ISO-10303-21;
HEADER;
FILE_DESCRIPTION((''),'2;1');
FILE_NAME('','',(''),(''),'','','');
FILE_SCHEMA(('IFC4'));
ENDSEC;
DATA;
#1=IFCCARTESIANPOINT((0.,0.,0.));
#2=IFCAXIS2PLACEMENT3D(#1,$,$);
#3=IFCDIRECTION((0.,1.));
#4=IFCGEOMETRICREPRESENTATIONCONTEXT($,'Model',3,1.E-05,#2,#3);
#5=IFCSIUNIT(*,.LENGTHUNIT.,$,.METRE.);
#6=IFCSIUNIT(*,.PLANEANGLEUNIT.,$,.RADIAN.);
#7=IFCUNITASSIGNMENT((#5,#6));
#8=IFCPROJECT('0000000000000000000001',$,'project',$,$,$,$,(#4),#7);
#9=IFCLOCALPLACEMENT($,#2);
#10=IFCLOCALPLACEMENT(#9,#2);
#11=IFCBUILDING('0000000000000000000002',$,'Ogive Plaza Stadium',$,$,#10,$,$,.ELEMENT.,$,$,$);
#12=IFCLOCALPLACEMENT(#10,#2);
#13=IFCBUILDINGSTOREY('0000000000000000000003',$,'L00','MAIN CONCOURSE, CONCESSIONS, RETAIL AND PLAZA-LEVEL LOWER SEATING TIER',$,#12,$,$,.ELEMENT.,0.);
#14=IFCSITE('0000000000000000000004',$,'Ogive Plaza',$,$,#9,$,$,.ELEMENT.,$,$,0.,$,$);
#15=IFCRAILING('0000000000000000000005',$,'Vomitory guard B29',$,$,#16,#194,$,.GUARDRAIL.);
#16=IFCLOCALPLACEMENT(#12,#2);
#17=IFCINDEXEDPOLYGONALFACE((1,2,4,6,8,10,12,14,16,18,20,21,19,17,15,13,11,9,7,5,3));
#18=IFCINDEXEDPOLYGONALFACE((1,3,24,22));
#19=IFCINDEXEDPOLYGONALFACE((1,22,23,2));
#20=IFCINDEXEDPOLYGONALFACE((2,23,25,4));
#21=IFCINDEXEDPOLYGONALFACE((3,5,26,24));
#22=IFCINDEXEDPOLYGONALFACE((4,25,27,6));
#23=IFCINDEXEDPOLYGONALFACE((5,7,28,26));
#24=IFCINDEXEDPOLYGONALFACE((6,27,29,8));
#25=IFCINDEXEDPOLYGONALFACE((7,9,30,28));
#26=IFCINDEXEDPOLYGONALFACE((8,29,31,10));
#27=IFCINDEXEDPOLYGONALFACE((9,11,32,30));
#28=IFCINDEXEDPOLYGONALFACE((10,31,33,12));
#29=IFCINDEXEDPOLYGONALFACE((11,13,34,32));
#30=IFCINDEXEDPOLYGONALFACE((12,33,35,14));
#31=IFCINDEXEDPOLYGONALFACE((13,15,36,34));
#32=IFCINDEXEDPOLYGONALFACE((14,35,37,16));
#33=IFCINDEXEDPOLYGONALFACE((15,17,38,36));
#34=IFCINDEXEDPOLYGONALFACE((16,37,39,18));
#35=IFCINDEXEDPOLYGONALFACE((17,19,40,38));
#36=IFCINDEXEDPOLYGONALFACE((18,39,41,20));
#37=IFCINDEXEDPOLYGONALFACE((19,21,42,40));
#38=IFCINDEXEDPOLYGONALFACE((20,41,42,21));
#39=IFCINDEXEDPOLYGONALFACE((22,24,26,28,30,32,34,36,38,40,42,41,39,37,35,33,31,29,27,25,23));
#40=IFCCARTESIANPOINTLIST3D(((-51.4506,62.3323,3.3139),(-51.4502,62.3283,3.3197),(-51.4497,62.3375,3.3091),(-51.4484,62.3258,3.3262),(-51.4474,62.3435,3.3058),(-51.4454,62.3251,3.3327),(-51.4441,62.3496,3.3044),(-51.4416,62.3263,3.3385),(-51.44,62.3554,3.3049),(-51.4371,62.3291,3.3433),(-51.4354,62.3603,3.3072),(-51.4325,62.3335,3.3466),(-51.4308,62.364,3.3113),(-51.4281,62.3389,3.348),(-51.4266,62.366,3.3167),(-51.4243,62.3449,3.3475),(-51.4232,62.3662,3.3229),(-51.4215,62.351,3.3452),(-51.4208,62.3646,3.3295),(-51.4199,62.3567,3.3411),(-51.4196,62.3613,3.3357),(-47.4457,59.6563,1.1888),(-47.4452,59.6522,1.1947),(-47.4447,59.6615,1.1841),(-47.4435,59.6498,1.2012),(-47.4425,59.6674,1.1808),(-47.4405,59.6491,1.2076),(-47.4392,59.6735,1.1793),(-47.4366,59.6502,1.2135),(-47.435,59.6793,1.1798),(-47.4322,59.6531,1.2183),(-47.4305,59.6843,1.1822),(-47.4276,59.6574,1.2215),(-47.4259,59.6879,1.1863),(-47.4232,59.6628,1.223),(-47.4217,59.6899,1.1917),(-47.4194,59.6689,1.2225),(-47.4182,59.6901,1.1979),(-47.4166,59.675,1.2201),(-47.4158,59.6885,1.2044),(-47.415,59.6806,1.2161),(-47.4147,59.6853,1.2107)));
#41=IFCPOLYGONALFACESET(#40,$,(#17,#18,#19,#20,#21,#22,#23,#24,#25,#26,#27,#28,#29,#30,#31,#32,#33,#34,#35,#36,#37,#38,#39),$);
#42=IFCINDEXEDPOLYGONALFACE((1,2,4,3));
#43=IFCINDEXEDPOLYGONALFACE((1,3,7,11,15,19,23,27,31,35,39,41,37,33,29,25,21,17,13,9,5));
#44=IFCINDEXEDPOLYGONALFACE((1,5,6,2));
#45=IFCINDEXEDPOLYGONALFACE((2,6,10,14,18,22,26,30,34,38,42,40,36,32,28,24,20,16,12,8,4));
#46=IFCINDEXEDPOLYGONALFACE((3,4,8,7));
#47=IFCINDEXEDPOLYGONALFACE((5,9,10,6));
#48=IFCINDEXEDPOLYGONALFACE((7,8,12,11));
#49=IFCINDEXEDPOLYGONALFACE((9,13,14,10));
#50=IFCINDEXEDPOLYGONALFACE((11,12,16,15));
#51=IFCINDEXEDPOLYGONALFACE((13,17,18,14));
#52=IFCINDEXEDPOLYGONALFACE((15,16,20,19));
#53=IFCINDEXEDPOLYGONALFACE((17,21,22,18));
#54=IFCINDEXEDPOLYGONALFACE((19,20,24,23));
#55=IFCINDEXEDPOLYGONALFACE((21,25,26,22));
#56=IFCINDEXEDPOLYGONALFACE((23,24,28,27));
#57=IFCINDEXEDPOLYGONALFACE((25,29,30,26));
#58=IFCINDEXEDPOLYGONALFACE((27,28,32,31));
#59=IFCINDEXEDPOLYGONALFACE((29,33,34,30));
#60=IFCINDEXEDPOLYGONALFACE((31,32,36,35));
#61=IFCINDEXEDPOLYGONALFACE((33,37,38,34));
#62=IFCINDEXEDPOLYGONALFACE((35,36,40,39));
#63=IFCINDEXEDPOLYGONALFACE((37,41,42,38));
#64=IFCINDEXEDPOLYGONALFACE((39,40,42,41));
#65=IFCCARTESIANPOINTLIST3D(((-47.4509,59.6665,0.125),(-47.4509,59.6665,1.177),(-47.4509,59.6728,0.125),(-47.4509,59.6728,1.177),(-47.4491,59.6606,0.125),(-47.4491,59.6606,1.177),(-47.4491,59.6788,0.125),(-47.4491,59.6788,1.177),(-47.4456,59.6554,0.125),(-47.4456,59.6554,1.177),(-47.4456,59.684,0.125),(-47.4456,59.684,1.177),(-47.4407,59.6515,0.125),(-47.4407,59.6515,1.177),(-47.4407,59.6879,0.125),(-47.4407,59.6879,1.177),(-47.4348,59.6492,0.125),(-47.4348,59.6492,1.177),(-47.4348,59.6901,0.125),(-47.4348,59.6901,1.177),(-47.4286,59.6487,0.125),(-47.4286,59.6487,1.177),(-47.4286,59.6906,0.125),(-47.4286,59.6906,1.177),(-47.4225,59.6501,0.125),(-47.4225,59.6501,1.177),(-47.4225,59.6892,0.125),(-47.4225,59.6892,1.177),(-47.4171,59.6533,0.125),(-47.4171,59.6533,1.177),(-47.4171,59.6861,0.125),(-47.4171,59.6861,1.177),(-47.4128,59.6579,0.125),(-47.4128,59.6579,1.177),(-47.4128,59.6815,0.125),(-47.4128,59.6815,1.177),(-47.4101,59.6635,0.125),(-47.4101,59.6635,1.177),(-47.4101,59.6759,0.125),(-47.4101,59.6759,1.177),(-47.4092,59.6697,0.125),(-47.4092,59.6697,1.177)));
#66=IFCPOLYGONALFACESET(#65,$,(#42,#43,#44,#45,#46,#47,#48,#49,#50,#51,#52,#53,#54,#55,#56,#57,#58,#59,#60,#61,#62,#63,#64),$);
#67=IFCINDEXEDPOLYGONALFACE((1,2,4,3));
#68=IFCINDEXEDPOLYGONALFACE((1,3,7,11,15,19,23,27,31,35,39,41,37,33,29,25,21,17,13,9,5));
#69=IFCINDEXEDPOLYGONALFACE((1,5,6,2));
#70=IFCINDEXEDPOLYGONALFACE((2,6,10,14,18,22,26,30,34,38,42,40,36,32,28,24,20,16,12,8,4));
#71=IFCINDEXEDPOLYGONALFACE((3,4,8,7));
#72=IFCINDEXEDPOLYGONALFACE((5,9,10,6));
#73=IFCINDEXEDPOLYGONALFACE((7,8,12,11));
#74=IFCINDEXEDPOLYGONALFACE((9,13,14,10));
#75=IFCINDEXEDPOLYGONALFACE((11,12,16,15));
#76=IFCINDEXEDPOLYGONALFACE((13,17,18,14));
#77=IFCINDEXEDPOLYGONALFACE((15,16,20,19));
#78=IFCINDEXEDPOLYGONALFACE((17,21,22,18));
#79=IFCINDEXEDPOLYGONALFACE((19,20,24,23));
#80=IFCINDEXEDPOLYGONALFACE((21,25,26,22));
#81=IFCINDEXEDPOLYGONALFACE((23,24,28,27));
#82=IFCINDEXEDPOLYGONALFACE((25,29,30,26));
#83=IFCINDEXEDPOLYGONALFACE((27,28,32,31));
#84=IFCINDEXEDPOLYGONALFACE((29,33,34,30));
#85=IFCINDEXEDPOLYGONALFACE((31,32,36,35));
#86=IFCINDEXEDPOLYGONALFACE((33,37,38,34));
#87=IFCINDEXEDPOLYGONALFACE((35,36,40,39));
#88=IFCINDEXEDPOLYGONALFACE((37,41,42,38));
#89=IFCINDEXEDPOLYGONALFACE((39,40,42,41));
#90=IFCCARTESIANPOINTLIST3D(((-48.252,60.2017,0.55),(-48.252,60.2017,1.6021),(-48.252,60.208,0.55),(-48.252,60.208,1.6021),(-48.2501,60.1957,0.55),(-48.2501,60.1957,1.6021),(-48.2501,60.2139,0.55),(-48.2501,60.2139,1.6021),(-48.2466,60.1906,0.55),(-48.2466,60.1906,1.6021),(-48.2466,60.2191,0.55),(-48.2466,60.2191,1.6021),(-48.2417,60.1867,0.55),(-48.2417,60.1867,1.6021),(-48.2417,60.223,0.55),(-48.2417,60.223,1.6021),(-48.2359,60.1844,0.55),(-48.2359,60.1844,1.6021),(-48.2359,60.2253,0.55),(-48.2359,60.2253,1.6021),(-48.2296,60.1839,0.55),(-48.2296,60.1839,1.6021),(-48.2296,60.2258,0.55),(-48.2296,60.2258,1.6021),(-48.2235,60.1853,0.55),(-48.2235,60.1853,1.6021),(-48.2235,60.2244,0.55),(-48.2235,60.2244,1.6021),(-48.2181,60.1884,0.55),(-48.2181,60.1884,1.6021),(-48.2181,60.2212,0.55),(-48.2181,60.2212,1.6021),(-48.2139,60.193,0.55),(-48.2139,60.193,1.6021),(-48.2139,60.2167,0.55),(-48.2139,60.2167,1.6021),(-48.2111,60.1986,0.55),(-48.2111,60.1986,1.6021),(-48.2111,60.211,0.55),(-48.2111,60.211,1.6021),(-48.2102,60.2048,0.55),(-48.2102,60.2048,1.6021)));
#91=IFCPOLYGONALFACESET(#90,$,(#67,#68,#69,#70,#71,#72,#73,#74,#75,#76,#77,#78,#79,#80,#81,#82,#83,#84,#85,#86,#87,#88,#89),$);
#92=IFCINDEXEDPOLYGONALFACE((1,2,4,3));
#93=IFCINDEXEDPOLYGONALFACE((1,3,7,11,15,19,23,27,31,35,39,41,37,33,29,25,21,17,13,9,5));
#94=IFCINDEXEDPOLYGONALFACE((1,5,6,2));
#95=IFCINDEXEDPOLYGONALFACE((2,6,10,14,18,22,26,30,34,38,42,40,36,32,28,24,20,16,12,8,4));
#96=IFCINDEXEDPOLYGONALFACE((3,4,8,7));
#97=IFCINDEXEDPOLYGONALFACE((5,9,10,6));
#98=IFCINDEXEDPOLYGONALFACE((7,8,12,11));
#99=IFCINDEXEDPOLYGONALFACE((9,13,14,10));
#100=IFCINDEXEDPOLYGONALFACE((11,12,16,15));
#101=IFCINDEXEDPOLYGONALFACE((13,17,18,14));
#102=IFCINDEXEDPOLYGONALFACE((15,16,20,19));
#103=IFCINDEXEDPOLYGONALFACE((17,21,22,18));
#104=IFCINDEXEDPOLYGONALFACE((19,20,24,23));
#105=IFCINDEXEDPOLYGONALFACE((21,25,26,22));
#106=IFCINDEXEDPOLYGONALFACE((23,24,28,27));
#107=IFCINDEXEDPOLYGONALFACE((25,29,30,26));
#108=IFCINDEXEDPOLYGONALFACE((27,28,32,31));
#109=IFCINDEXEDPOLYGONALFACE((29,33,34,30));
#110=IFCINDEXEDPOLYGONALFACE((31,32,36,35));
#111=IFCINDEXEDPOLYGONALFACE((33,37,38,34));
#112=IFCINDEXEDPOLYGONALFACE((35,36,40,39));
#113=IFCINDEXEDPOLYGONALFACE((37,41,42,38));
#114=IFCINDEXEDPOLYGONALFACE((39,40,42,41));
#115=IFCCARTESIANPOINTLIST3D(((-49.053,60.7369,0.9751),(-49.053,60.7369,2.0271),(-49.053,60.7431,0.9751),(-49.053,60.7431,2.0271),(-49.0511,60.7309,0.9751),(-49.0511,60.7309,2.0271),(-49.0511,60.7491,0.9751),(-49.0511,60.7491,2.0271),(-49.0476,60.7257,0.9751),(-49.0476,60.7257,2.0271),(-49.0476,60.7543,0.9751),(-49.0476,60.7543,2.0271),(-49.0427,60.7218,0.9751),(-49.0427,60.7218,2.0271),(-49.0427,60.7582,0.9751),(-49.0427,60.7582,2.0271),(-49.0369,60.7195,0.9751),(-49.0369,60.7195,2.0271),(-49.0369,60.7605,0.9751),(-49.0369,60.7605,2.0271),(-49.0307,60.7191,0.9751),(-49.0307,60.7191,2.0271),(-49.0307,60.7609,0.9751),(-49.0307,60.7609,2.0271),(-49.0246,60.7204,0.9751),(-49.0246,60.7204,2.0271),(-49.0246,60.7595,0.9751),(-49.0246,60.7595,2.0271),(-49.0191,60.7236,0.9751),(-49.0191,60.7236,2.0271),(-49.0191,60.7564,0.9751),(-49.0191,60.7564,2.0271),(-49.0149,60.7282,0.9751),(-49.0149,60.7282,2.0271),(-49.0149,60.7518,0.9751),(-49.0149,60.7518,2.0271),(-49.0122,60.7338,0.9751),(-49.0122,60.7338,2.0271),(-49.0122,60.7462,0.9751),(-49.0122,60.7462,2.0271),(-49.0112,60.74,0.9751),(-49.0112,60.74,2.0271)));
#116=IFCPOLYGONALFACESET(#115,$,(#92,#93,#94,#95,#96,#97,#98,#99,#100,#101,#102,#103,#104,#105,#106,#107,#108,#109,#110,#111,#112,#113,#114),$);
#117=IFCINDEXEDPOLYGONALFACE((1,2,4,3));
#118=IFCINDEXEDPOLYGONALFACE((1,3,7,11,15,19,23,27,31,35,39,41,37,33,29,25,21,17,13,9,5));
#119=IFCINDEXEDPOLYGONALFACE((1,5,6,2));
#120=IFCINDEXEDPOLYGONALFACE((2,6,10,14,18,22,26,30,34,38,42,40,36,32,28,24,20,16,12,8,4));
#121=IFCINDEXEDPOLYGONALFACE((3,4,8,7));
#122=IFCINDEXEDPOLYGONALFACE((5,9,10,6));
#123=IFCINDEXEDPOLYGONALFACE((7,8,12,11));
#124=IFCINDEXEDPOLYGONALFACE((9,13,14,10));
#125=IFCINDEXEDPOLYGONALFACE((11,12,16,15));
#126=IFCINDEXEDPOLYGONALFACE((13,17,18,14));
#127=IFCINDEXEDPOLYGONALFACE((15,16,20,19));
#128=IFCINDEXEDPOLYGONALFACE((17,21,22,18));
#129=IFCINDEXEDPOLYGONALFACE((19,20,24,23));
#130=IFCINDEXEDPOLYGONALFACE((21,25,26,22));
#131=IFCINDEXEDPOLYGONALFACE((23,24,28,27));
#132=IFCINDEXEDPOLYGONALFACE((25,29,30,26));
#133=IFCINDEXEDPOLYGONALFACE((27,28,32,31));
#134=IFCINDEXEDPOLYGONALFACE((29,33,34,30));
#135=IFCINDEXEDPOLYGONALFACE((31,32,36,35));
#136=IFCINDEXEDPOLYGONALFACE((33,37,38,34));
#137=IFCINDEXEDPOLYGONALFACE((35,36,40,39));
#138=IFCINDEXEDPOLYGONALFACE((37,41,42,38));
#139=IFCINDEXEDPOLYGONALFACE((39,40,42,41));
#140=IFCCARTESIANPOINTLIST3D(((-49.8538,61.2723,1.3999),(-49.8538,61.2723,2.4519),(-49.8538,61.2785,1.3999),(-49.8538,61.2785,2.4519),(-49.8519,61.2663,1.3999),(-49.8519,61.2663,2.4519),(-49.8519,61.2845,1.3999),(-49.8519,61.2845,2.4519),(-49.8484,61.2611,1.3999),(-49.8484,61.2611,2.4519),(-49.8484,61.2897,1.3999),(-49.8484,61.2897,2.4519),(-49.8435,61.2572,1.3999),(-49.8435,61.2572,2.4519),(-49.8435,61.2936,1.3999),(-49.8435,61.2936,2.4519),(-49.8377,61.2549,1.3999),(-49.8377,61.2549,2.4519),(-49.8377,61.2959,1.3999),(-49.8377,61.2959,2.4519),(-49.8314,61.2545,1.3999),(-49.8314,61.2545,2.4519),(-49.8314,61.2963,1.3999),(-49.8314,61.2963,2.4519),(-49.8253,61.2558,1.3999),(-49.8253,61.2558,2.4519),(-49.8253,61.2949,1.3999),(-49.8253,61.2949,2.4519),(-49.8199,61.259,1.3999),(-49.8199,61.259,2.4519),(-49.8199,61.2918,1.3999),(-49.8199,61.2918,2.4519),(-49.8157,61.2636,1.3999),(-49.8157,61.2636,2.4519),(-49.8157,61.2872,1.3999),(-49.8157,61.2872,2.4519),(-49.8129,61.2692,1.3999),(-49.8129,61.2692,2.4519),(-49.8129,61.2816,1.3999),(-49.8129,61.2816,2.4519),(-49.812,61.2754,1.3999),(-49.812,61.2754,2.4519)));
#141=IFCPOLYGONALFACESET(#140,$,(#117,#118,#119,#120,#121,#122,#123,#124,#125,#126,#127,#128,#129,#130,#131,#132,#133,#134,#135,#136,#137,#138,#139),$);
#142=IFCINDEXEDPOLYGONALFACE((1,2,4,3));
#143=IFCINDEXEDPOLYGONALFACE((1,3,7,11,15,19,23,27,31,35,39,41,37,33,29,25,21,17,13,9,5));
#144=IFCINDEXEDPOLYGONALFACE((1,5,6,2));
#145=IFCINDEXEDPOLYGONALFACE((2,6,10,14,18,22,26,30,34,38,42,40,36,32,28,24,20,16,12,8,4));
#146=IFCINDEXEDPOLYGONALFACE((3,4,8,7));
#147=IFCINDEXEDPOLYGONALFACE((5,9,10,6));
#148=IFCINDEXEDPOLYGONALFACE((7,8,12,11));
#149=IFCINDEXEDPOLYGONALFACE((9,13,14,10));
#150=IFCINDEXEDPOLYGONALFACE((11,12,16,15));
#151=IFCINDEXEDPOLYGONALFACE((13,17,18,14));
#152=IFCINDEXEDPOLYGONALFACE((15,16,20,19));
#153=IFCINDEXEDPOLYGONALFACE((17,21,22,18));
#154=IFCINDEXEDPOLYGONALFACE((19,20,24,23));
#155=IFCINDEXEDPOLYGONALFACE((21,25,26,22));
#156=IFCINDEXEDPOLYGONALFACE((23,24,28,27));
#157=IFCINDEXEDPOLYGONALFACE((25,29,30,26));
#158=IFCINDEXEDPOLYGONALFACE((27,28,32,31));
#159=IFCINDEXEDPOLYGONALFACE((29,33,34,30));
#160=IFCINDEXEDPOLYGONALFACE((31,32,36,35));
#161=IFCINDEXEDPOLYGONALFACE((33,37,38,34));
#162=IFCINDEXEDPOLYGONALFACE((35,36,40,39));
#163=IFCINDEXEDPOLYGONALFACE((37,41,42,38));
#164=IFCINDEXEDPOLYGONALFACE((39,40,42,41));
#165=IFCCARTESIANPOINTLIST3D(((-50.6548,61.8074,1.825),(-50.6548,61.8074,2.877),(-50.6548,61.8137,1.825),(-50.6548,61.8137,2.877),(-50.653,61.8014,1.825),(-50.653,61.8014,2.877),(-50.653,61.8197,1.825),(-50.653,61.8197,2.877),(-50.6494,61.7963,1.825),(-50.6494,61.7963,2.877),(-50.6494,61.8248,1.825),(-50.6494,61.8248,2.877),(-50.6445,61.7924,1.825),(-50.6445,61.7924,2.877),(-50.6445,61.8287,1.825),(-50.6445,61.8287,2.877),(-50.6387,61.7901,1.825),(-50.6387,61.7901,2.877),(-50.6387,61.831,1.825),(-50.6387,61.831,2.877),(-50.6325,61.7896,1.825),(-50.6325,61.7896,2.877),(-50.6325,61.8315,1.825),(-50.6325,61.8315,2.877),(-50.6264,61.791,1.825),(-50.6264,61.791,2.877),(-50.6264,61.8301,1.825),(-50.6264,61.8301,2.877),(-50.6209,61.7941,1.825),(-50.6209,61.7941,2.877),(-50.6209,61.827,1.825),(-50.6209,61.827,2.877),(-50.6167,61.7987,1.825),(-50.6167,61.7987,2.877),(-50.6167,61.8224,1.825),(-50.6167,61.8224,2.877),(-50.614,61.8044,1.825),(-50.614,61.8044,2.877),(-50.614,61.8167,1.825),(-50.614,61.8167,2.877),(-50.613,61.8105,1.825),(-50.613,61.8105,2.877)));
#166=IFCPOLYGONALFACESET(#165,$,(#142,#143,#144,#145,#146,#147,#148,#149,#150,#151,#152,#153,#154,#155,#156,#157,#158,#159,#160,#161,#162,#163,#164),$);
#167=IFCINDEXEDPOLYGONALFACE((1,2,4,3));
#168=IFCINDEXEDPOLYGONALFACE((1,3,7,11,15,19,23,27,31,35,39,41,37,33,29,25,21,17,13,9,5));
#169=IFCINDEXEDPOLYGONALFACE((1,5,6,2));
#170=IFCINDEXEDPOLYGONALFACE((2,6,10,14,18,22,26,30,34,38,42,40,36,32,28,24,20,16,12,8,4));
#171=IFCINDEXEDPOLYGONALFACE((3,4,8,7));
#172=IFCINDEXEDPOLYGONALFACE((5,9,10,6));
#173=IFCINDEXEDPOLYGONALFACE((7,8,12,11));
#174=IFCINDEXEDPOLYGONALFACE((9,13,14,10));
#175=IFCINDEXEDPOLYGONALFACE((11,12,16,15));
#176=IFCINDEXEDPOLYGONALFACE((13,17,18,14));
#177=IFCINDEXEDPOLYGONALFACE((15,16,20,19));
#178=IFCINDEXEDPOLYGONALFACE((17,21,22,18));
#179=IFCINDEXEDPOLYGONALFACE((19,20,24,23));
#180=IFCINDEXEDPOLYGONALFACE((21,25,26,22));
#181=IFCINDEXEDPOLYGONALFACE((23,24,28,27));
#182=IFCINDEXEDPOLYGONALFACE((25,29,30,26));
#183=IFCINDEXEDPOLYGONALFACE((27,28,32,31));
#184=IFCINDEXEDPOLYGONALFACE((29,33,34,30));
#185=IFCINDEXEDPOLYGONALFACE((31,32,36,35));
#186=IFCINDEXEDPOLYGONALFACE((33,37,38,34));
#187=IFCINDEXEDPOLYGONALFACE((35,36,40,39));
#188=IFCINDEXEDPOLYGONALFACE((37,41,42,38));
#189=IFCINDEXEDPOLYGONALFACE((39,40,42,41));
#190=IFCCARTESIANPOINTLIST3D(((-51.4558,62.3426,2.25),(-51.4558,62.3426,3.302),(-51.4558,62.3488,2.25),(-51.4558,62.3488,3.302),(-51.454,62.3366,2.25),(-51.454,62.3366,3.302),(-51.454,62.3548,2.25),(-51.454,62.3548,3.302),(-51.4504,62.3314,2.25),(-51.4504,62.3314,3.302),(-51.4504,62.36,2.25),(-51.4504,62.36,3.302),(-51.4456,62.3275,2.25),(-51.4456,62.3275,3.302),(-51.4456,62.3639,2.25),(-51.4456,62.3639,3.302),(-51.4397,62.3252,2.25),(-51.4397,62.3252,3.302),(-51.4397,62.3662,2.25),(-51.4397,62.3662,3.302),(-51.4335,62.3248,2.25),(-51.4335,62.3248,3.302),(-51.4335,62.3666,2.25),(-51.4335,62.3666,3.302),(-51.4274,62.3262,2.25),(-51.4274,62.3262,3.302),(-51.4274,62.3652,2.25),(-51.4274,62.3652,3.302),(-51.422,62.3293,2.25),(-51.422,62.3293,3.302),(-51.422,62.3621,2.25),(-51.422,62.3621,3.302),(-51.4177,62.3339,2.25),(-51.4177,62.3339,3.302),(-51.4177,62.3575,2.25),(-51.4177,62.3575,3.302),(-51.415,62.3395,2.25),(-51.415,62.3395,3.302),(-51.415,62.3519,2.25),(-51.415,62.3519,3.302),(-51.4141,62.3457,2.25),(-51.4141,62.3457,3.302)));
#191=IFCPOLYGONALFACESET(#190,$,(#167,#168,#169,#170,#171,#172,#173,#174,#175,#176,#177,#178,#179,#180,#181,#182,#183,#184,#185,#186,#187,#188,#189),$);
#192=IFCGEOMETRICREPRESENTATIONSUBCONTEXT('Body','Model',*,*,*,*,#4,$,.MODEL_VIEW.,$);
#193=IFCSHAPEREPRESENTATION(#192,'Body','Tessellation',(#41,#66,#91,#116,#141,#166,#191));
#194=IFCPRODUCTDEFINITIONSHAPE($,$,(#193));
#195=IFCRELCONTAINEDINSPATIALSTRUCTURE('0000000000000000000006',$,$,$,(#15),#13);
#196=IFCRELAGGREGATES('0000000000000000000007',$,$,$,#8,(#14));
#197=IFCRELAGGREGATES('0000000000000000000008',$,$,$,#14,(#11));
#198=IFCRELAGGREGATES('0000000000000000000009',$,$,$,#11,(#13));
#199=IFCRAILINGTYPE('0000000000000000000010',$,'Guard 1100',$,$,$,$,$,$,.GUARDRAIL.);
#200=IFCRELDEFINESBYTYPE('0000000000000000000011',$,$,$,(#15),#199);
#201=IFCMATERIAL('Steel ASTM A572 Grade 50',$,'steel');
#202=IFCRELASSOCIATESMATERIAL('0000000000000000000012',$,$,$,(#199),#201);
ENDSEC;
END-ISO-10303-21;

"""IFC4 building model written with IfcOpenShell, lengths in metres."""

from ifc_helpers import new_model, si_unit, direction, frame, origin, origin_2d, place, context, subcontext, project, spatial, circle, extrude, material, type_object, element, save


model = new_model("IFC4")

# Units and contexts
model_context = context("Model", 3, precision=1e-05, world=origin(), true_north=direction((0.0, 1.0)))
body_context = subcontext(model_context, "Body", "Model", "MODEL_VIEW")
ifc_project = project(units=[si_unit("LENGTHUNIT", "METRE"), si_unit("PLANEANGLEUNIT", "RADIAN")], contexts=[model_context])

# Site, building, storey
site_placement = place(None, origin())
site = spatial("IfcSite", under=ifc_project, at=site_placement, Name="Ogive Plaza", CompositionType="ELEMENT", RefElevation=0.0)
building_placement = place(site_placement, origin())
building = spatial("IfcBuilding", under=site, at=building_placement, Name="Ogive Plaza Stadium", CompositionType="ELEMENT")
storey_placement = place(building_placement, origin())
storey = spatial("IfcBuildingStorey", under=building, at=storey_placement, Name="L00", Description="MAIN CONCOURSE, CONCESSIONS, RETAIL AND PLAZA-LEVEL LOWER SEATING TIER", CompositionType="ELEMENT", Elevation=0.0)

# Railing
ifc_material_1 = material(Name="Steel ASTM A572 Grade 50", Category="steel")
railing_type = type_object("IfcRailingType", Name="Guard 1100", PredefinedType="GUARDRAIL", material=ifc_material_1)
for number, where, name in (
    (1, (-47.4302, 59.6697, 0.125), "Vomitory guard B29"),
):
    element("IfcRailing", number, at=place(storey_placement, frame(where)), inside=storey, type_object=railing_type, Name=name, PredefinedType="GUARDRAIL", context=body_context, shape_type="SweptSolid", body=[
        extrude(circle(Radius=0.0239, at=origin_2d()), frame((0.0, 0.0, 1.0762), z_axis=(-0.760722, 0.508307, 0.403641), x_axis=(-0.555577, -0.831465, 0.0)), (0.0, 0.0, 1.0), 5.2646),
        extrude(circle(Radius=0.021, at=origin_2d()), origin(), (0.0, 0.0, 1.0), 1.052),
        extrude(circle(Radius=0.021, at=origin_2d()), frame((-0.801, 0.5352, 0.425)), (0.0, 0.0, 1.0), 1.052),
        extrude(circle(Radius=0.021, at=origin_2d()), frame((-1.6021, 1.0703, 0.8501)), (0.0, 0.0, 1.0), 1.052),
        extrude(circle(Radius=0.021, at=origin_2d()), frame((-2.4028, 1.6057, 1.2749)), (0.0, 0.0, 1.0), 1.052),
        extrude(circle(Radius=0.021, at=origin_2d()), frame((-3.2039, 2.1409, 1.7)), (0.0, 0.0, 1.0), 1.052),
        extrude(circle(Radius=0.021, at=origin_2d()), frame((-4.0049, 2.676, 2.125)), (0.0, 0.0, 1.0), 1.052),
    ])

save(model, "model.ifc")
